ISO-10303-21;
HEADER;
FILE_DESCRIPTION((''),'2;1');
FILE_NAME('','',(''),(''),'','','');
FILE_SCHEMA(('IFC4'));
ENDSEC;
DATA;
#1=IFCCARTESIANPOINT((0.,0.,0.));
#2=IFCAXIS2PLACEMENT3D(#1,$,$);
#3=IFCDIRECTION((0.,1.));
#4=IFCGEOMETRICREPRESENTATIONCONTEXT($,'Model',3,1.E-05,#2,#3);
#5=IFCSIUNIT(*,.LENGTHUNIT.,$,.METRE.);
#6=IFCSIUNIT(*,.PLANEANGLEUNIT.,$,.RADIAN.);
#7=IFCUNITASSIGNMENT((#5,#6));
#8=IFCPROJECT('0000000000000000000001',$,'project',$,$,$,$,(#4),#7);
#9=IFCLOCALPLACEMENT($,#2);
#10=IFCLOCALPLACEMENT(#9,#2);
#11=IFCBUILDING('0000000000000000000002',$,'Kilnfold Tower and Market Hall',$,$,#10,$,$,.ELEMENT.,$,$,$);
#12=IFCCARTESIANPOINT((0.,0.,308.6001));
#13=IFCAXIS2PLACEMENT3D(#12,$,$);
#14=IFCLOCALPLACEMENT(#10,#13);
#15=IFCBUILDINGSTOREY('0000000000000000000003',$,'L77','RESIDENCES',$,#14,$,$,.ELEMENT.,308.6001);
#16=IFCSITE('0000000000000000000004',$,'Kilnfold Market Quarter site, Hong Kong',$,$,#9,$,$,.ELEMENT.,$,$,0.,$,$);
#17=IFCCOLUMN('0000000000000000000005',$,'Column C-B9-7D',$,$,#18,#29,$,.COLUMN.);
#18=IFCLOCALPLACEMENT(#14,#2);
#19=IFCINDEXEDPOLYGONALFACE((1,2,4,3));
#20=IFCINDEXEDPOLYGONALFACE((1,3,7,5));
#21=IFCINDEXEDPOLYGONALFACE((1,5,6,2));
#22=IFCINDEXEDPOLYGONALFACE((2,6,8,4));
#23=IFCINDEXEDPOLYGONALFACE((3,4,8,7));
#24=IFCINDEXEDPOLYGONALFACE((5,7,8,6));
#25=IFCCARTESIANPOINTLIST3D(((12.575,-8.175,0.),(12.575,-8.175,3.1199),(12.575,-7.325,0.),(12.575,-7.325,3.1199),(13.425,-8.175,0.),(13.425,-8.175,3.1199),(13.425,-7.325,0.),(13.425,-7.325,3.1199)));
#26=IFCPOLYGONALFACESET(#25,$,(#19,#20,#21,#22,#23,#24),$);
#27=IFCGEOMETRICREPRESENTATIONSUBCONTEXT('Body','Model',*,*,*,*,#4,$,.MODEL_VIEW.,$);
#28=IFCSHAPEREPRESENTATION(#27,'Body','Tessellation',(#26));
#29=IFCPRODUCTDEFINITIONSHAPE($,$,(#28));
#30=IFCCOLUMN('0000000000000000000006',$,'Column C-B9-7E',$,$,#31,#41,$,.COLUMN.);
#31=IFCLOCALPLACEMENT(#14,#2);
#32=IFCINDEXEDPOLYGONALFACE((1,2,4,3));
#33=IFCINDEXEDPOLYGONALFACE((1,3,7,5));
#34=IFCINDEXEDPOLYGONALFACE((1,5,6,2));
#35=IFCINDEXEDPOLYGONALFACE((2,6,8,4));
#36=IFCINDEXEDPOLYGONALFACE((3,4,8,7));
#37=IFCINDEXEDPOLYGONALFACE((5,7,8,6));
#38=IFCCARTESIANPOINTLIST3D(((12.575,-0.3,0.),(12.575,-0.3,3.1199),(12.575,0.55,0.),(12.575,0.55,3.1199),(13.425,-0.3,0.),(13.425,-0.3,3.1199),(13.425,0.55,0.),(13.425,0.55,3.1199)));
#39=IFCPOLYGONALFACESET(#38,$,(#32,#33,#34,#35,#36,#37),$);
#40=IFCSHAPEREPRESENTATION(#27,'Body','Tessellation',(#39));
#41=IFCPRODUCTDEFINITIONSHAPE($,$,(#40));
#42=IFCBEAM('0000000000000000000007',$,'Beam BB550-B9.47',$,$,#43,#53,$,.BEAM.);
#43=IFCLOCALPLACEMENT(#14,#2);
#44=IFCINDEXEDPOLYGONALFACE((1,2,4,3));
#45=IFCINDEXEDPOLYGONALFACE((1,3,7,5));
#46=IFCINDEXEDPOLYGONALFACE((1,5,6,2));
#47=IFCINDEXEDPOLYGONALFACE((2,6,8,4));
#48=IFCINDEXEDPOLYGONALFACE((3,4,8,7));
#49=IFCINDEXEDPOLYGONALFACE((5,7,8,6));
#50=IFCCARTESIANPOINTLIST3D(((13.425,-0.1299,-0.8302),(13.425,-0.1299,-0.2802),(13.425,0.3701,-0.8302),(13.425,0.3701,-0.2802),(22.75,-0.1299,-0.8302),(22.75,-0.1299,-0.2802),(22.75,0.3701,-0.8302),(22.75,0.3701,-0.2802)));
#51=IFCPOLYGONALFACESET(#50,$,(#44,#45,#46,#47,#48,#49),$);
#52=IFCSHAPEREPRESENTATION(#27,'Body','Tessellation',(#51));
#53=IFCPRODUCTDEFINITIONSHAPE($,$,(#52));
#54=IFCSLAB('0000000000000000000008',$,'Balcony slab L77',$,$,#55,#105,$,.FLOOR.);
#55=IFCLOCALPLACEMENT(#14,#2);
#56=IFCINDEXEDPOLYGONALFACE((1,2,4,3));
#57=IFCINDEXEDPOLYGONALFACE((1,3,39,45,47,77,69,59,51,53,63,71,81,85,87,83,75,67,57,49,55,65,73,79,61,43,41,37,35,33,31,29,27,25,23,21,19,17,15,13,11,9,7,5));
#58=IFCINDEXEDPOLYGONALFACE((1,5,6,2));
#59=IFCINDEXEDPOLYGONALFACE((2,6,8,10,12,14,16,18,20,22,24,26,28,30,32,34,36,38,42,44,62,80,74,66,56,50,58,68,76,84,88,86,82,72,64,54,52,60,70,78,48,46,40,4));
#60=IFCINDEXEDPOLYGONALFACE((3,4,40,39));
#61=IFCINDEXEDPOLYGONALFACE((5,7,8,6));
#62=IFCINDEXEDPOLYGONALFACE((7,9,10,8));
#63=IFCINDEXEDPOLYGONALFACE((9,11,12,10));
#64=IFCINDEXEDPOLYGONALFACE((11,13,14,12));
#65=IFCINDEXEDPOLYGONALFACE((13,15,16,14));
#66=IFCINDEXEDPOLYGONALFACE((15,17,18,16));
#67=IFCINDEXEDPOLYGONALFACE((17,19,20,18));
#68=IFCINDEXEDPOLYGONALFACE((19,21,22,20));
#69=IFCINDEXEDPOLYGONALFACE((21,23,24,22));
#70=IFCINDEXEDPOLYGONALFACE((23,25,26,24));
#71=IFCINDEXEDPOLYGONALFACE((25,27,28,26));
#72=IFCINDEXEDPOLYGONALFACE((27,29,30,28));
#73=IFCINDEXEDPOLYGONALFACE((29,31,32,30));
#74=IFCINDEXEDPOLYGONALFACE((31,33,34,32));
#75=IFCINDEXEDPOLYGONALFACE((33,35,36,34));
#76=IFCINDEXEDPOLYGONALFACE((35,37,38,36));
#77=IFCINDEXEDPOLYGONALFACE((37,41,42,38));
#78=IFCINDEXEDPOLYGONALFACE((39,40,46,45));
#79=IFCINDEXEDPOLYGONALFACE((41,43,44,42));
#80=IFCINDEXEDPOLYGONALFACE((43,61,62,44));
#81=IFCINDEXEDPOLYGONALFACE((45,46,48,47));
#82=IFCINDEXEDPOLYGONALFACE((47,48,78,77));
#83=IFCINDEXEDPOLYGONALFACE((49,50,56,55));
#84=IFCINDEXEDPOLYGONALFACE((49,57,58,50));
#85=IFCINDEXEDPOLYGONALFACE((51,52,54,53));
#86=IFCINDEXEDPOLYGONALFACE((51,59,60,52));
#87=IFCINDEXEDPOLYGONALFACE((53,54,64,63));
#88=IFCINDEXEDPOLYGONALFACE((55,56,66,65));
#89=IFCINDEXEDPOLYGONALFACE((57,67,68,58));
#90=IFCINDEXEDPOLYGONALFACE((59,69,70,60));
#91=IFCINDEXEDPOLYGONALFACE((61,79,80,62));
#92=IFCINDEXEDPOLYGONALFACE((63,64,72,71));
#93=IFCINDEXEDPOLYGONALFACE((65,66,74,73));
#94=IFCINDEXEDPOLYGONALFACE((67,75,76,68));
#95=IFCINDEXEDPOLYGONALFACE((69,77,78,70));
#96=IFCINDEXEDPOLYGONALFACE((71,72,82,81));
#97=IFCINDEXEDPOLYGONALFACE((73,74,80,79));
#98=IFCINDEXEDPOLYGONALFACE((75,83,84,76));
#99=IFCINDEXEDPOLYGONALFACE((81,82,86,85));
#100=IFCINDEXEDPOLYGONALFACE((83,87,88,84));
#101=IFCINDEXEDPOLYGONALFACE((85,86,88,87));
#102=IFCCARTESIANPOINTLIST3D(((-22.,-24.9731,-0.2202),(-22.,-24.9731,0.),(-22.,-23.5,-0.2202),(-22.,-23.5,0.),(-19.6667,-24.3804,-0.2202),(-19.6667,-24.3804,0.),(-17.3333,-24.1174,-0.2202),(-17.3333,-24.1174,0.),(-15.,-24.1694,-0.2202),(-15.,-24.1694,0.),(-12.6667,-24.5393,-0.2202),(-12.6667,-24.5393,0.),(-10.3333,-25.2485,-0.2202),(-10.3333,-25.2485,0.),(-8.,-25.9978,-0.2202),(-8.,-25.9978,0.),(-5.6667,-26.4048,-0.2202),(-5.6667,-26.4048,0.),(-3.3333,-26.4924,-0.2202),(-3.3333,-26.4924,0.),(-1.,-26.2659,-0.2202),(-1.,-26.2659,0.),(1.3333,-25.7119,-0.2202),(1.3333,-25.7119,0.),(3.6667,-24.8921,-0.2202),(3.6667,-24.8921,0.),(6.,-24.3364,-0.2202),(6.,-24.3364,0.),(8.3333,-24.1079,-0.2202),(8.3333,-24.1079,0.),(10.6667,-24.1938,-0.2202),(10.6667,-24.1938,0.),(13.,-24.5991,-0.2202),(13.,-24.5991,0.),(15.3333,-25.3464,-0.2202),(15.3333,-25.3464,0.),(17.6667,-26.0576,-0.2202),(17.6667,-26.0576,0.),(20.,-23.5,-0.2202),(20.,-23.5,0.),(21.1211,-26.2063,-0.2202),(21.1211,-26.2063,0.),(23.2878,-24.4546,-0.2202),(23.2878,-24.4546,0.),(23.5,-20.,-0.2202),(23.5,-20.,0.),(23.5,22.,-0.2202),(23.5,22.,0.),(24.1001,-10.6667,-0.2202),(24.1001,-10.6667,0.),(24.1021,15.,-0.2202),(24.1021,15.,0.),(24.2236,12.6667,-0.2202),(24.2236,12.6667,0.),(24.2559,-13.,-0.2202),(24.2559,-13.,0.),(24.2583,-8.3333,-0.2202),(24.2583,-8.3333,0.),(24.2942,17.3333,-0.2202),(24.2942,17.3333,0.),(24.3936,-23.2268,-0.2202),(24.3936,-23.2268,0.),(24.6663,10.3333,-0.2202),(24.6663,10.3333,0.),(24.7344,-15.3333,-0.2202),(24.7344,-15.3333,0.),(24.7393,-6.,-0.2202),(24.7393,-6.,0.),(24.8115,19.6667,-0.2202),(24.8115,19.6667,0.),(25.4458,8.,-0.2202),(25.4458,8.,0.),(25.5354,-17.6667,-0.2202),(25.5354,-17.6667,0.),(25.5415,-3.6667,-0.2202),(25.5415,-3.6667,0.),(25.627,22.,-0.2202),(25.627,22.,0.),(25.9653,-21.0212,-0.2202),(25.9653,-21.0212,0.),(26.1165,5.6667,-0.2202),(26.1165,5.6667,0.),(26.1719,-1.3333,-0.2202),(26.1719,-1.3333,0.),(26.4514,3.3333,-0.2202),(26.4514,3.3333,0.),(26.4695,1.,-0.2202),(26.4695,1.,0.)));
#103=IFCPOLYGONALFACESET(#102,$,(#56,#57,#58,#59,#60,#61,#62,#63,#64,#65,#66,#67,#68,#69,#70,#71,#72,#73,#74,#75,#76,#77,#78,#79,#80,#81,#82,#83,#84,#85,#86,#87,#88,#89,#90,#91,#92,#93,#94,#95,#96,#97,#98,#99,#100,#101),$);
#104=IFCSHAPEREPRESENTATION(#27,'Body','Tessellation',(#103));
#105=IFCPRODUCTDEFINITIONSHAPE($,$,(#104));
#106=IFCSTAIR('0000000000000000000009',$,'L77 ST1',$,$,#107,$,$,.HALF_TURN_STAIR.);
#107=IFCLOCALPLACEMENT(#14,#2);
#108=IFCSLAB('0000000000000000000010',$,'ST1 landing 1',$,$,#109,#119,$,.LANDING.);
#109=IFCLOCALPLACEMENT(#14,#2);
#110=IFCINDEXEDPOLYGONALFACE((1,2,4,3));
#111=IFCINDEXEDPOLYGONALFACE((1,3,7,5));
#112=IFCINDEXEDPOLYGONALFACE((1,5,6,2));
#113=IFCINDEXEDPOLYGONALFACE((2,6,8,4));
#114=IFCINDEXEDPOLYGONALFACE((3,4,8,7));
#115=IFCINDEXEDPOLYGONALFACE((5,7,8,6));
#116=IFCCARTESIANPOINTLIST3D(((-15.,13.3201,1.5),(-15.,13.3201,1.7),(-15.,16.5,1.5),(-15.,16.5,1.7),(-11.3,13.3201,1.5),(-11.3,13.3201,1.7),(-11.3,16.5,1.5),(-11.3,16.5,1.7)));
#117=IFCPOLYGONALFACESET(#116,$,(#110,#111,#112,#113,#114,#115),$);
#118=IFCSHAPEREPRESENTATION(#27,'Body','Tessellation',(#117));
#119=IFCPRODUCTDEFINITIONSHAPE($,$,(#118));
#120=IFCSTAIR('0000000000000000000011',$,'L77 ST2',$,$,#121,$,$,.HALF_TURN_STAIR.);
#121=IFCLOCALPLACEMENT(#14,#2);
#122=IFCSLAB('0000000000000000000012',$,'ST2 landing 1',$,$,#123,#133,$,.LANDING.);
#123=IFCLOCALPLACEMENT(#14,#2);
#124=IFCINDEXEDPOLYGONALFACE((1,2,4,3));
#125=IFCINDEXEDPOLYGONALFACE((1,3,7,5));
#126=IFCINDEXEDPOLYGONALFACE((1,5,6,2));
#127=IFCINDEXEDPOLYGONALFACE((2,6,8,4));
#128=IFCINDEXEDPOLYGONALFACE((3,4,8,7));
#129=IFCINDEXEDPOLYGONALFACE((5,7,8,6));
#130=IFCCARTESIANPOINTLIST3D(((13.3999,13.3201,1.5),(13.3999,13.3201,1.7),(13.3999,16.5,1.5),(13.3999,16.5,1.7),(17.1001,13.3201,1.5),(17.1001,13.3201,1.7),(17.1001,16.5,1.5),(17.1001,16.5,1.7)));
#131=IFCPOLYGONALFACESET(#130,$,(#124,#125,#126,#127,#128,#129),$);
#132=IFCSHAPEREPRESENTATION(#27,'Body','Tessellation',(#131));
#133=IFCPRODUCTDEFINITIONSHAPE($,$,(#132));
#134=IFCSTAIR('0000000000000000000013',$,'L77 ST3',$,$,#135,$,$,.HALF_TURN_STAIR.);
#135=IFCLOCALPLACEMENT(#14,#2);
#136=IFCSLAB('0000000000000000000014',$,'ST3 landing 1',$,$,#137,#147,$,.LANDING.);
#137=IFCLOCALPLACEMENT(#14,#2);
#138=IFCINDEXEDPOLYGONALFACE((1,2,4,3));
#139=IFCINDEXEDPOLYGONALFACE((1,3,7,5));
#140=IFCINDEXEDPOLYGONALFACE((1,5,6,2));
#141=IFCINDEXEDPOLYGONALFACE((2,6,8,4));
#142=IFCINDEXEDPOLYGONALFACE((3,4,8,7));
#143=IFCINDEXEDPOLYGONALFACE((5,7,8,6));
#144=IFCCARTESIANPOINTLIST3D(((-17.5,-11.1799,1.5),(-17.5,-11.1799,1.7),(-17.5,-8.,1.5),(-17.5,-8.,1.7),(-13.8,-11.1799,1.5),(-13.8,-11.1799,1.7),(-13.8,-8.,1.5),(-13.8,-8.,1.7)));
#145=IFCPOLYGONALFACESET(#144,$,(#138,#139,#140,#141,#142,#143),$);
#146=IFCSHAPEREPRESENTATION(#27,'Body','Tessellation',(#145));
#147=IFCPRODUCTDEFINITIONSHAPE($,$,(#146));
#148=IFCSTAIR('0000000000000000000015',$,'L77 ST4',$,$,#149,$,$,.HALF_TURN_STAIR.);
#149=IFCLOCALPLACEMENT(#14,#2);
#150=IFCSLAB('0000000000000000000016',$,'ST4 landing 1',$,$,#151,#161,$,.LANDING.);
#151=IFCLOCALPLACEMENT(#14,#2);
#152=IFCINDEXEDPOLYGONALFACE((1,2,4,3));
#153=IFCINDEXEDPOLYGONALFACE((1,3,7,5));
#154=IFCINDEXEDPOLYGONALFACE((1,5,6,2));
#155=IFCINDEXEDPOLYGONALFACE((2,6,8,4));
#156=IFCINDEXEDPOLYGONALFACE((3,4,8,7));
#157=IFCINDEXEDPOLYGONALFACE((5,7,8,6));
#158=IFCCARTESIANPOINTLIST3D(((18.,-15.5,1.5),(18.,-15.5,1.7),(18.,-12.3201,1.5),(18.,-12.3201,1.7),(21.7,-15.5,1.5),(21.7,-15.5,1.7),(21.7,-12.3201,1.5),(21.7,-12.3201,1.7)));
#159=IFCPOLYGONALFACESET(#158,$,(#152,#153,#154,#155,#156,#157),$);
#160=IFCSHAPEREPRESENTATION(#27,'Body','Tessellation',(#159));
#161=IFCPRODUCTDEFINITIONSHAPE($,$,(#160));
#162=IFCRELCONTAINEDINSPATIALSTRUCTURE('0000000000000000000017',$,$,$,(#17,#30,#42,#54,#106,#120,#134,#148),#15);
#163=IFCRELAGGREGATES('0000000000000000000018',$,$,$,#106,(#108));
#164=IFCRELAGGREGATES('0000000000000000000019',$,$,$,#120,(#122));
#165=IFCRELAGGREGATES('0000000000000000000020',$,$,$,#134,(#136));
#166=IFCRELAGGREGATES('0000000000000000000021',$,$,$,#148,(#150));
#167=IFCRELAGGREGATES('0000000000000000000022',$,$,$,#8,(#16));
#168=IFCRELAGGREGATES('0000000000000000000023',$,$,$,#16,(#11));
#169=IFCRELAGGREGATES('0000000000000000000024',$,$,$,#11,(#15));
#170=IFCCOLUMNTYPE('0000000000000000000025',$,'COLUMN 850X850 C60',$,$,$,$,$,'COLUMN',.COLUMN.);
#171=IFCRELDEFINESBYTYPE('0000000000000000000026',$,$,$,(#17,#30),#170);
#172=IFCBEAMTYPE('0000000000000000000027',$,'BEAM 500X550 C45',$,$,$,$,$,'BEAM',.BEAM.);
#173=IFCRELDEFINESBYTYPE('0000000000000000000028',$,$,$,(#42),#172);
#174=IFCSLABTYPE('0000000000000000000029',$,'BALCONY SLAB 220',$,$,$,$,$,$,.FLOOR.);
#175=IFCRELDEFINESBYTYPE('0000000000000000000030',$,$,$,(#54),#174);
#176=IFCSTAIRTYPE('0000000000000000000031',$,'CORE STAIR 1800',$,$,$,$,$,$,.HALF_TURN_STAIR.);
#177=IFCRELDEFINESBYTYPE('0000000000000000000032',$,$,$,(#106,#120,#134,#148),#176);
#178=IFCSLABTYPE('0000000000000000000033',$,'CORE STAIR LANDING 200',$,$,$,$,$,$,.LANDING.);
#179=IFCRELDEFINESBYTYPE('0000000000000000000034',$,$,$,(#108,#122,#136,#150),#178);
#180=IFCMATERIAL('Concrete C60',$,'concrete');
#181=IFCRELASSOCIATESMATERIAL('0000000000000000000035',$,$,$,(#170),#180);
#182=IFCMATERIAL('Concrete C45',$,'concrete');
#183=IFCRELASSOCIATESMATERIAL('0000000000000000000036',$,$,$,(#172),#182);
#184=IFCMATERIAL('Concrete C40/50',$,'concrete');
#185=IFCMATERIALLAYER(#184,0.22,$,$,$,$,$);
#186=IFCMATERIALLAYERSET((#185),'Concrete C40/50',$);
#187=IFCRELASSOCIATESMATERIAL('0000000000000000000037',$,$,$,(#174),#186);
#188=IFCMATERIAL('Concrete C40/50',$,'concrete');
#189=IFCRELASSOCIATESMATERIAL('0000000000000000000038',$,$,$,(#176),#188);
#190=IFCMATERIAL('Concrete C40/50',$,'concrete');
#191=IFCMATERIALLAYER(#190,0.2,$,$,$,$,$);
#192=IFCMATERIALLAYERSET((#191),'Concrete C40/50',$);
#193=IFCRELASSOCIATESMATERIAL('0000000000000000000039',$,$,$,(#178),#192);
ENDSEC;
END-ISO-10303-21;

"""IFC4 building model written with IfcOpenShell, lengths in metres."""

from ifc_helpers import new_model, si_unit, direction, frame, origin, origin_2d, place, context, subcontext, project, spatial, polyline, rectangle, outline, extrude, source, transform, mapped, material, layer, layer_set, material_profile, profile_set, type_object, element, aggregate, save


model = new_model("IFC4")

# Units and contexts
model_context = context("Model", 3, precision=1e-05, world=origin(), true_north=direction((0.0, 1.0)))
body_context = subcontext(model_context, "Body", "Model", "MODEL_VIEW")
ifc_project = project(units=[si_unit("LENGTHUNIT", "METRE"), si_unit("PLANEANGLEUNIT", "RADIAN")], contexts=[model_context])

# Site, building, storey
site_placement = place(None, origin())
site = spatial("IfcSite", under=ifc_project, at=site_placement, Name="Kilnfold Market Quarter site, Hong Kong", CompositionType="ELEMENT", RefElevation=0.0)
building_placement = place(site_placement, origin())
building = spatial("IfcBuilding", under=site, at=building_placement, Name="Kilnfold Tower and Market Hall", CompositionType="ELEMENT")
storey_placement = place(building_placement, frame((0.0, 0.0, 308.6001)))
storey = spatial("IfcBuildingStorey", under=building, at=storey_placement, Name="L77", Description="RESIDENCES", CompositionType="ELEMENT", Elevation=308.6001)

# Columns
ifc_material_1 = material(Name="Concrete C60", Category="concrete")
ifc_material_profile_1 = material_profile(ifc_material_1, rectangle(XDim=0.8501, YDim=0.8501, at=origin_2d()), Name="RC 850x850")
ifc_profile_set_1 = profile_set([ifc_material_profile_1], Name="Concrete C60")
column_type = type_object("IfcColumnType", Name="COLUMN 850X850 C60", ElementType="COLUMN", PredefinedType="COLUMN", material=ifc_profile_set_1)
shared_shape_1 = source(origin(), body_context, "Body", "SweptSolid", [
    extrude(rectangle(XDim=0.8501, YDim=0.8501, at=origin_2d()), origin(), (0.0, 0.0, 1.0), 3.1199),
])
for number, where, z_axis, x_axis, name in (
    (1, (13.0, -7.75, 0.0), (0.0, 0.0, 1.0), (1.0, 0.0, 0.0), "Column C-B9-7D"),
    (2, (13.0, 0.125, 0.0), (0.0, 0.0, 1.0), (1.0, 0.0, 0.0), "Column C-B9-7E"),
):
    element("IfcColumn", number, at=place(storey_placement, frame(where, z_axis=z_axis, x_axis=x_axis)), inside=storey, type_object=column_type, Name=name, PredefinedType="COLUMN", context=body_context, shape_type="MappedRepresentation", body=[
        mapped(shared_shape_1, transform((0.0, 0.0, 0.0))),
    ])

# Beam
ifc_material_2 = material(Name="Concrete C45", Category="concrete")
ifc_material_profile_2 = material_profile(ifc_material_2, rectangle(XDim=0.5, YDim=0.55, at=origin_2d()), Name="RC 500x550")
ifc_profile_set_2 = profile_set([ifc_material_profile_2], Name="Concrete C45")
beam_type = type_object("IfcBeamType", Name="BEAM 500X550 C45", ElementType="BEAM", PredefinedType="BEAM", material=ifc_profile_set_2)
shared_shape_2 = source(origin(), body_context, "Body", "SweptSolid", [
    extrude(rectangle(XDim=0.5, YDim=0.55, at=origin_2d()), origin(), (0.0, 0.0, 1.0), 9.325),
])
beam_placement = place(storey_placement, frame((13.425, 0.1201, -0.5552), z_axis=(1.0, 0.0, 0.0), x_axis=(0.0, 1.0, 0.0)))
element("IfcBeam", 3, at=beam_placement, inside=storey, type_object=beam_type, Name="Beam BB550-B9.47", PredefinedType="BEAM", context=body_context, shape_type="MappedRepresentation", body=[
    mapped(shared_shape_2, transform((0.0, 0.0, 0.0))),
])

# Slab
ifc_material_3 = material(Name="Concrete C40/50", Category="concrete")
ifc_layer_1 = layer(ifc_material_3, 0.22)
ifc_layer_set_1 = layer_set([ifc_layer_1], Name="Concrete C40/50")
slab_type_1 = type_object("IfcSlabType", Name="BALCONY SLAB 220", PredefinedType="FLOOR", material=ifc_layer_set_1)
shared_shape_3 = source(origin(), body_context, "Body", "SweptSolid", [
    extrude(outline(polyline([(-22.0, -23.5), (20.0, -23.5), (23.5, -20.0), (23.5, 22.0), (25.627, 22.0), (24.8115, 19.6667), (24.2942, 17.3333), (24.1021, 15.0), (24.2236, 12.6667), (24.6663, 10.3333), (25.4458, 8.0), (26.1165, 5.6667), (26.4514, 3.3333), (26.4695, 1.0), (26.1719, -1.3333), (25.5415, -3.6667), (24.7393, -6.0), (24.2583, -8.3333), (24.1001, -10.6667), (24.2559, -13.0), (24.7344, -15.3333), (25.5354, -17.6667), (25.9653, -21.0212), (24.3936, -23.2268), (23.2878, -24.4546), (21.1211, -26.2063), (17.6667, -26.0576), (15.3333, -25.3464), (13.0, -24.5991), (10.6667, -24.1938), (8.3333, -24.1079), (6.0, -24.3364), (3.6667, -24.8921), (1.3333, -25.7119), (-1.0, -26.2659), (-3.3333, -26.4924), (-5.6667, -26.4048), (-8.0, -25.9978), (-10.3333, -25.2485), (-12.6667, -24.5393), (-15.0, -24.1694), (-17.3333, -24.1174), (-19.6667, -24.3804), (-22.0, -24.9731), (-22.0, -23.5)])), origin(), (0.0, 0.0, 1.0), 0.2202),
])
slab_1_placement = place(storey_placement, frame((0.0, 0.0, -0.2202)))
element("IfcSlab", 4, at=slab_1_placement, inside=storey, type_object=slab_type_1, Name="Balcony slab L77", PredefinedType="FLOOR", context=body_context, shape_type="MappedRepresentation", body=[
    mapped(shared_shape_3, transform((0.0, 0.0, 0.0))),
])

# Stairs, slabs
ifc_material_4 = material(Name="Concrete C40/50", Category="concrete")
stair_type = type_object("IfcStairType", Name="CORE STAIR 1800", PredefinedType="HALF_TURN_STAIR", material=ifc_material_4)
stair_1_placement = place(storey_placement, origin())
stair_1 = element("IfcStair", 5, at=stair_1_placement, inside=storey, type_object=stair_type, Name="L77 ST1", PredefinedType="HALF_TURN_STAIR")
ifc_material_5 = material(Name="Concrete C40/50", Category="concrete")
ifc_layer_2 = layer(ifc_material_5, 0.2)
ifc_layer_set_2 = layer_set([ifc_layer_2], Name="Concrete C40/50")
slab_type_2 = type_object("IfcSlabType", Name="CORE STAIR LANDING 200", PredefinedType="LANDING", material=ifc_layer_set_2)
shared_shape_4 = source(origin(), body_context, "Body", "SweptSolid", [
    extrude(outline(polyline([(-11.3, 13.3201), (-11.3, 16.5), (-15.0, 16.5), (-15.0, 13.3201), (-11.3, 13.3201)])), origin(), (0.0, 0.0, 1.0), 0.2),
])
slab_2_placement = place(storey_placement, frame((0.0, 0.0, 1.5)))
slab_2 = element("IfcSlab", 6, at=slab_2_placement, type_object=slab_type_2, Name="ST1 landing 1", PredefinedType="LANDING", context=body_context, shape_type="MappedRepresentation", body=[
    mapped(shared_shape_4, transform((0.0, 0.0, 0.0))),
])
aggregate(stair_1, [slab_2])
stair_2_placement = place(storey_placement, origin())
stair_2 = element("IfcStair", 7, at=stair_2_placement, inside=storey, type_object=stair_type, Name="L77 ST2", PredefinedType="HALF_TURN_STAIR")
shared_shape_5 = source(origin(), body_context, "Body", "SweptSolid", [
    extrude(outline(polyline([(17.1001, 13.3201), (17.1001, 16.5), (13.3999, 16.5), (13.3999, 13.3201), (17.1001, 13.3201)])), origin(), (0.0, 0.0, 1.0), 0.2),
])
slab_3_placement = place(storey_placement, frame((0.0, 0.0, 1.5)))
slab_3 = element("IfcSlab", 8, at=slab_3_placement, type_object=slab_type_2, Name="ST2 landing 1", PredefinedType="LANDING", context=body_context, shape_type="MappedRepresentation", body=[
    mapped(shared_shape_5, transform((0.0, 0.0, 0.0))),
])
aggregate(stair_2, [slab_3])
stair_3_placement = place(storey_placement, origin())
stair_3 = element("IfcStair", 9, at=stair_3_placement, inside=storey, type_object=stair_type, Name="L77 ST3", PredefinedType="HALF_TURN_STAIR")
shared_shape_6 = source(origin(), body_context, "Body", "SweptSolid", [
    extrude(outline(polyline([(-13.8, -11.1799), (-13.8, -8.0), (-17.5, -8.0), (-17.5, -11.1799), (-13.8, -11.1799)])), origin(), (0.0, 0.0, 1.0), 0.2),
])
slab_4_placement = place(storey_placement, frame((0.0, 0.0, 1.5)))
slab_4 = element("IfcSlab", 10, at=slab_4_placement, type_object=slab_type_2, Name="ST3 landing 1", PredefinedType="LANDING", context=body_context, shape_type="MappedRepresentation", body=[
    mapped(shared_shape_6, transform((0.0, 0.0, 0.0))),
])
aggregate(stair_3, [slab_4])
stair_4_placement = place(storey_placement, origin())
stair_4 = element("IfcStair", 11, at=stair_4_placement, inside=storey, type_object=stair_type, Name="L77 ST4", PredefinedType="HALF_TURN_STAIR")
shared_shape_7 = source(origin(), body_context, "Body", "SweptSolid", [
    extrude(outline(polyline([(18.0, -12.3201), (18.0, -15.5), (21.7, -15.5), (21.7, -12.3201), (18.0, -12.3201)])), origin(), (0.0, 0.0, 1.0), 0.2),
])
slab_5_placement = place(storey_placement, frame((0.0, 0.0, 1.5)))
slab_5 = element("IfcSlab", 12, at=slab_5_placement, type_object=slab_type_2, Name="ST4 landing 1", PredefinedType="LANDING", context=body_context, shape_type="MappedRepresentation", body=[
    mapped(shared_shape_7, transform((0.0, 0.0, 0.0))),
])
aggregate(stair_4, [slab_5])

save(model, "model.ifc")
